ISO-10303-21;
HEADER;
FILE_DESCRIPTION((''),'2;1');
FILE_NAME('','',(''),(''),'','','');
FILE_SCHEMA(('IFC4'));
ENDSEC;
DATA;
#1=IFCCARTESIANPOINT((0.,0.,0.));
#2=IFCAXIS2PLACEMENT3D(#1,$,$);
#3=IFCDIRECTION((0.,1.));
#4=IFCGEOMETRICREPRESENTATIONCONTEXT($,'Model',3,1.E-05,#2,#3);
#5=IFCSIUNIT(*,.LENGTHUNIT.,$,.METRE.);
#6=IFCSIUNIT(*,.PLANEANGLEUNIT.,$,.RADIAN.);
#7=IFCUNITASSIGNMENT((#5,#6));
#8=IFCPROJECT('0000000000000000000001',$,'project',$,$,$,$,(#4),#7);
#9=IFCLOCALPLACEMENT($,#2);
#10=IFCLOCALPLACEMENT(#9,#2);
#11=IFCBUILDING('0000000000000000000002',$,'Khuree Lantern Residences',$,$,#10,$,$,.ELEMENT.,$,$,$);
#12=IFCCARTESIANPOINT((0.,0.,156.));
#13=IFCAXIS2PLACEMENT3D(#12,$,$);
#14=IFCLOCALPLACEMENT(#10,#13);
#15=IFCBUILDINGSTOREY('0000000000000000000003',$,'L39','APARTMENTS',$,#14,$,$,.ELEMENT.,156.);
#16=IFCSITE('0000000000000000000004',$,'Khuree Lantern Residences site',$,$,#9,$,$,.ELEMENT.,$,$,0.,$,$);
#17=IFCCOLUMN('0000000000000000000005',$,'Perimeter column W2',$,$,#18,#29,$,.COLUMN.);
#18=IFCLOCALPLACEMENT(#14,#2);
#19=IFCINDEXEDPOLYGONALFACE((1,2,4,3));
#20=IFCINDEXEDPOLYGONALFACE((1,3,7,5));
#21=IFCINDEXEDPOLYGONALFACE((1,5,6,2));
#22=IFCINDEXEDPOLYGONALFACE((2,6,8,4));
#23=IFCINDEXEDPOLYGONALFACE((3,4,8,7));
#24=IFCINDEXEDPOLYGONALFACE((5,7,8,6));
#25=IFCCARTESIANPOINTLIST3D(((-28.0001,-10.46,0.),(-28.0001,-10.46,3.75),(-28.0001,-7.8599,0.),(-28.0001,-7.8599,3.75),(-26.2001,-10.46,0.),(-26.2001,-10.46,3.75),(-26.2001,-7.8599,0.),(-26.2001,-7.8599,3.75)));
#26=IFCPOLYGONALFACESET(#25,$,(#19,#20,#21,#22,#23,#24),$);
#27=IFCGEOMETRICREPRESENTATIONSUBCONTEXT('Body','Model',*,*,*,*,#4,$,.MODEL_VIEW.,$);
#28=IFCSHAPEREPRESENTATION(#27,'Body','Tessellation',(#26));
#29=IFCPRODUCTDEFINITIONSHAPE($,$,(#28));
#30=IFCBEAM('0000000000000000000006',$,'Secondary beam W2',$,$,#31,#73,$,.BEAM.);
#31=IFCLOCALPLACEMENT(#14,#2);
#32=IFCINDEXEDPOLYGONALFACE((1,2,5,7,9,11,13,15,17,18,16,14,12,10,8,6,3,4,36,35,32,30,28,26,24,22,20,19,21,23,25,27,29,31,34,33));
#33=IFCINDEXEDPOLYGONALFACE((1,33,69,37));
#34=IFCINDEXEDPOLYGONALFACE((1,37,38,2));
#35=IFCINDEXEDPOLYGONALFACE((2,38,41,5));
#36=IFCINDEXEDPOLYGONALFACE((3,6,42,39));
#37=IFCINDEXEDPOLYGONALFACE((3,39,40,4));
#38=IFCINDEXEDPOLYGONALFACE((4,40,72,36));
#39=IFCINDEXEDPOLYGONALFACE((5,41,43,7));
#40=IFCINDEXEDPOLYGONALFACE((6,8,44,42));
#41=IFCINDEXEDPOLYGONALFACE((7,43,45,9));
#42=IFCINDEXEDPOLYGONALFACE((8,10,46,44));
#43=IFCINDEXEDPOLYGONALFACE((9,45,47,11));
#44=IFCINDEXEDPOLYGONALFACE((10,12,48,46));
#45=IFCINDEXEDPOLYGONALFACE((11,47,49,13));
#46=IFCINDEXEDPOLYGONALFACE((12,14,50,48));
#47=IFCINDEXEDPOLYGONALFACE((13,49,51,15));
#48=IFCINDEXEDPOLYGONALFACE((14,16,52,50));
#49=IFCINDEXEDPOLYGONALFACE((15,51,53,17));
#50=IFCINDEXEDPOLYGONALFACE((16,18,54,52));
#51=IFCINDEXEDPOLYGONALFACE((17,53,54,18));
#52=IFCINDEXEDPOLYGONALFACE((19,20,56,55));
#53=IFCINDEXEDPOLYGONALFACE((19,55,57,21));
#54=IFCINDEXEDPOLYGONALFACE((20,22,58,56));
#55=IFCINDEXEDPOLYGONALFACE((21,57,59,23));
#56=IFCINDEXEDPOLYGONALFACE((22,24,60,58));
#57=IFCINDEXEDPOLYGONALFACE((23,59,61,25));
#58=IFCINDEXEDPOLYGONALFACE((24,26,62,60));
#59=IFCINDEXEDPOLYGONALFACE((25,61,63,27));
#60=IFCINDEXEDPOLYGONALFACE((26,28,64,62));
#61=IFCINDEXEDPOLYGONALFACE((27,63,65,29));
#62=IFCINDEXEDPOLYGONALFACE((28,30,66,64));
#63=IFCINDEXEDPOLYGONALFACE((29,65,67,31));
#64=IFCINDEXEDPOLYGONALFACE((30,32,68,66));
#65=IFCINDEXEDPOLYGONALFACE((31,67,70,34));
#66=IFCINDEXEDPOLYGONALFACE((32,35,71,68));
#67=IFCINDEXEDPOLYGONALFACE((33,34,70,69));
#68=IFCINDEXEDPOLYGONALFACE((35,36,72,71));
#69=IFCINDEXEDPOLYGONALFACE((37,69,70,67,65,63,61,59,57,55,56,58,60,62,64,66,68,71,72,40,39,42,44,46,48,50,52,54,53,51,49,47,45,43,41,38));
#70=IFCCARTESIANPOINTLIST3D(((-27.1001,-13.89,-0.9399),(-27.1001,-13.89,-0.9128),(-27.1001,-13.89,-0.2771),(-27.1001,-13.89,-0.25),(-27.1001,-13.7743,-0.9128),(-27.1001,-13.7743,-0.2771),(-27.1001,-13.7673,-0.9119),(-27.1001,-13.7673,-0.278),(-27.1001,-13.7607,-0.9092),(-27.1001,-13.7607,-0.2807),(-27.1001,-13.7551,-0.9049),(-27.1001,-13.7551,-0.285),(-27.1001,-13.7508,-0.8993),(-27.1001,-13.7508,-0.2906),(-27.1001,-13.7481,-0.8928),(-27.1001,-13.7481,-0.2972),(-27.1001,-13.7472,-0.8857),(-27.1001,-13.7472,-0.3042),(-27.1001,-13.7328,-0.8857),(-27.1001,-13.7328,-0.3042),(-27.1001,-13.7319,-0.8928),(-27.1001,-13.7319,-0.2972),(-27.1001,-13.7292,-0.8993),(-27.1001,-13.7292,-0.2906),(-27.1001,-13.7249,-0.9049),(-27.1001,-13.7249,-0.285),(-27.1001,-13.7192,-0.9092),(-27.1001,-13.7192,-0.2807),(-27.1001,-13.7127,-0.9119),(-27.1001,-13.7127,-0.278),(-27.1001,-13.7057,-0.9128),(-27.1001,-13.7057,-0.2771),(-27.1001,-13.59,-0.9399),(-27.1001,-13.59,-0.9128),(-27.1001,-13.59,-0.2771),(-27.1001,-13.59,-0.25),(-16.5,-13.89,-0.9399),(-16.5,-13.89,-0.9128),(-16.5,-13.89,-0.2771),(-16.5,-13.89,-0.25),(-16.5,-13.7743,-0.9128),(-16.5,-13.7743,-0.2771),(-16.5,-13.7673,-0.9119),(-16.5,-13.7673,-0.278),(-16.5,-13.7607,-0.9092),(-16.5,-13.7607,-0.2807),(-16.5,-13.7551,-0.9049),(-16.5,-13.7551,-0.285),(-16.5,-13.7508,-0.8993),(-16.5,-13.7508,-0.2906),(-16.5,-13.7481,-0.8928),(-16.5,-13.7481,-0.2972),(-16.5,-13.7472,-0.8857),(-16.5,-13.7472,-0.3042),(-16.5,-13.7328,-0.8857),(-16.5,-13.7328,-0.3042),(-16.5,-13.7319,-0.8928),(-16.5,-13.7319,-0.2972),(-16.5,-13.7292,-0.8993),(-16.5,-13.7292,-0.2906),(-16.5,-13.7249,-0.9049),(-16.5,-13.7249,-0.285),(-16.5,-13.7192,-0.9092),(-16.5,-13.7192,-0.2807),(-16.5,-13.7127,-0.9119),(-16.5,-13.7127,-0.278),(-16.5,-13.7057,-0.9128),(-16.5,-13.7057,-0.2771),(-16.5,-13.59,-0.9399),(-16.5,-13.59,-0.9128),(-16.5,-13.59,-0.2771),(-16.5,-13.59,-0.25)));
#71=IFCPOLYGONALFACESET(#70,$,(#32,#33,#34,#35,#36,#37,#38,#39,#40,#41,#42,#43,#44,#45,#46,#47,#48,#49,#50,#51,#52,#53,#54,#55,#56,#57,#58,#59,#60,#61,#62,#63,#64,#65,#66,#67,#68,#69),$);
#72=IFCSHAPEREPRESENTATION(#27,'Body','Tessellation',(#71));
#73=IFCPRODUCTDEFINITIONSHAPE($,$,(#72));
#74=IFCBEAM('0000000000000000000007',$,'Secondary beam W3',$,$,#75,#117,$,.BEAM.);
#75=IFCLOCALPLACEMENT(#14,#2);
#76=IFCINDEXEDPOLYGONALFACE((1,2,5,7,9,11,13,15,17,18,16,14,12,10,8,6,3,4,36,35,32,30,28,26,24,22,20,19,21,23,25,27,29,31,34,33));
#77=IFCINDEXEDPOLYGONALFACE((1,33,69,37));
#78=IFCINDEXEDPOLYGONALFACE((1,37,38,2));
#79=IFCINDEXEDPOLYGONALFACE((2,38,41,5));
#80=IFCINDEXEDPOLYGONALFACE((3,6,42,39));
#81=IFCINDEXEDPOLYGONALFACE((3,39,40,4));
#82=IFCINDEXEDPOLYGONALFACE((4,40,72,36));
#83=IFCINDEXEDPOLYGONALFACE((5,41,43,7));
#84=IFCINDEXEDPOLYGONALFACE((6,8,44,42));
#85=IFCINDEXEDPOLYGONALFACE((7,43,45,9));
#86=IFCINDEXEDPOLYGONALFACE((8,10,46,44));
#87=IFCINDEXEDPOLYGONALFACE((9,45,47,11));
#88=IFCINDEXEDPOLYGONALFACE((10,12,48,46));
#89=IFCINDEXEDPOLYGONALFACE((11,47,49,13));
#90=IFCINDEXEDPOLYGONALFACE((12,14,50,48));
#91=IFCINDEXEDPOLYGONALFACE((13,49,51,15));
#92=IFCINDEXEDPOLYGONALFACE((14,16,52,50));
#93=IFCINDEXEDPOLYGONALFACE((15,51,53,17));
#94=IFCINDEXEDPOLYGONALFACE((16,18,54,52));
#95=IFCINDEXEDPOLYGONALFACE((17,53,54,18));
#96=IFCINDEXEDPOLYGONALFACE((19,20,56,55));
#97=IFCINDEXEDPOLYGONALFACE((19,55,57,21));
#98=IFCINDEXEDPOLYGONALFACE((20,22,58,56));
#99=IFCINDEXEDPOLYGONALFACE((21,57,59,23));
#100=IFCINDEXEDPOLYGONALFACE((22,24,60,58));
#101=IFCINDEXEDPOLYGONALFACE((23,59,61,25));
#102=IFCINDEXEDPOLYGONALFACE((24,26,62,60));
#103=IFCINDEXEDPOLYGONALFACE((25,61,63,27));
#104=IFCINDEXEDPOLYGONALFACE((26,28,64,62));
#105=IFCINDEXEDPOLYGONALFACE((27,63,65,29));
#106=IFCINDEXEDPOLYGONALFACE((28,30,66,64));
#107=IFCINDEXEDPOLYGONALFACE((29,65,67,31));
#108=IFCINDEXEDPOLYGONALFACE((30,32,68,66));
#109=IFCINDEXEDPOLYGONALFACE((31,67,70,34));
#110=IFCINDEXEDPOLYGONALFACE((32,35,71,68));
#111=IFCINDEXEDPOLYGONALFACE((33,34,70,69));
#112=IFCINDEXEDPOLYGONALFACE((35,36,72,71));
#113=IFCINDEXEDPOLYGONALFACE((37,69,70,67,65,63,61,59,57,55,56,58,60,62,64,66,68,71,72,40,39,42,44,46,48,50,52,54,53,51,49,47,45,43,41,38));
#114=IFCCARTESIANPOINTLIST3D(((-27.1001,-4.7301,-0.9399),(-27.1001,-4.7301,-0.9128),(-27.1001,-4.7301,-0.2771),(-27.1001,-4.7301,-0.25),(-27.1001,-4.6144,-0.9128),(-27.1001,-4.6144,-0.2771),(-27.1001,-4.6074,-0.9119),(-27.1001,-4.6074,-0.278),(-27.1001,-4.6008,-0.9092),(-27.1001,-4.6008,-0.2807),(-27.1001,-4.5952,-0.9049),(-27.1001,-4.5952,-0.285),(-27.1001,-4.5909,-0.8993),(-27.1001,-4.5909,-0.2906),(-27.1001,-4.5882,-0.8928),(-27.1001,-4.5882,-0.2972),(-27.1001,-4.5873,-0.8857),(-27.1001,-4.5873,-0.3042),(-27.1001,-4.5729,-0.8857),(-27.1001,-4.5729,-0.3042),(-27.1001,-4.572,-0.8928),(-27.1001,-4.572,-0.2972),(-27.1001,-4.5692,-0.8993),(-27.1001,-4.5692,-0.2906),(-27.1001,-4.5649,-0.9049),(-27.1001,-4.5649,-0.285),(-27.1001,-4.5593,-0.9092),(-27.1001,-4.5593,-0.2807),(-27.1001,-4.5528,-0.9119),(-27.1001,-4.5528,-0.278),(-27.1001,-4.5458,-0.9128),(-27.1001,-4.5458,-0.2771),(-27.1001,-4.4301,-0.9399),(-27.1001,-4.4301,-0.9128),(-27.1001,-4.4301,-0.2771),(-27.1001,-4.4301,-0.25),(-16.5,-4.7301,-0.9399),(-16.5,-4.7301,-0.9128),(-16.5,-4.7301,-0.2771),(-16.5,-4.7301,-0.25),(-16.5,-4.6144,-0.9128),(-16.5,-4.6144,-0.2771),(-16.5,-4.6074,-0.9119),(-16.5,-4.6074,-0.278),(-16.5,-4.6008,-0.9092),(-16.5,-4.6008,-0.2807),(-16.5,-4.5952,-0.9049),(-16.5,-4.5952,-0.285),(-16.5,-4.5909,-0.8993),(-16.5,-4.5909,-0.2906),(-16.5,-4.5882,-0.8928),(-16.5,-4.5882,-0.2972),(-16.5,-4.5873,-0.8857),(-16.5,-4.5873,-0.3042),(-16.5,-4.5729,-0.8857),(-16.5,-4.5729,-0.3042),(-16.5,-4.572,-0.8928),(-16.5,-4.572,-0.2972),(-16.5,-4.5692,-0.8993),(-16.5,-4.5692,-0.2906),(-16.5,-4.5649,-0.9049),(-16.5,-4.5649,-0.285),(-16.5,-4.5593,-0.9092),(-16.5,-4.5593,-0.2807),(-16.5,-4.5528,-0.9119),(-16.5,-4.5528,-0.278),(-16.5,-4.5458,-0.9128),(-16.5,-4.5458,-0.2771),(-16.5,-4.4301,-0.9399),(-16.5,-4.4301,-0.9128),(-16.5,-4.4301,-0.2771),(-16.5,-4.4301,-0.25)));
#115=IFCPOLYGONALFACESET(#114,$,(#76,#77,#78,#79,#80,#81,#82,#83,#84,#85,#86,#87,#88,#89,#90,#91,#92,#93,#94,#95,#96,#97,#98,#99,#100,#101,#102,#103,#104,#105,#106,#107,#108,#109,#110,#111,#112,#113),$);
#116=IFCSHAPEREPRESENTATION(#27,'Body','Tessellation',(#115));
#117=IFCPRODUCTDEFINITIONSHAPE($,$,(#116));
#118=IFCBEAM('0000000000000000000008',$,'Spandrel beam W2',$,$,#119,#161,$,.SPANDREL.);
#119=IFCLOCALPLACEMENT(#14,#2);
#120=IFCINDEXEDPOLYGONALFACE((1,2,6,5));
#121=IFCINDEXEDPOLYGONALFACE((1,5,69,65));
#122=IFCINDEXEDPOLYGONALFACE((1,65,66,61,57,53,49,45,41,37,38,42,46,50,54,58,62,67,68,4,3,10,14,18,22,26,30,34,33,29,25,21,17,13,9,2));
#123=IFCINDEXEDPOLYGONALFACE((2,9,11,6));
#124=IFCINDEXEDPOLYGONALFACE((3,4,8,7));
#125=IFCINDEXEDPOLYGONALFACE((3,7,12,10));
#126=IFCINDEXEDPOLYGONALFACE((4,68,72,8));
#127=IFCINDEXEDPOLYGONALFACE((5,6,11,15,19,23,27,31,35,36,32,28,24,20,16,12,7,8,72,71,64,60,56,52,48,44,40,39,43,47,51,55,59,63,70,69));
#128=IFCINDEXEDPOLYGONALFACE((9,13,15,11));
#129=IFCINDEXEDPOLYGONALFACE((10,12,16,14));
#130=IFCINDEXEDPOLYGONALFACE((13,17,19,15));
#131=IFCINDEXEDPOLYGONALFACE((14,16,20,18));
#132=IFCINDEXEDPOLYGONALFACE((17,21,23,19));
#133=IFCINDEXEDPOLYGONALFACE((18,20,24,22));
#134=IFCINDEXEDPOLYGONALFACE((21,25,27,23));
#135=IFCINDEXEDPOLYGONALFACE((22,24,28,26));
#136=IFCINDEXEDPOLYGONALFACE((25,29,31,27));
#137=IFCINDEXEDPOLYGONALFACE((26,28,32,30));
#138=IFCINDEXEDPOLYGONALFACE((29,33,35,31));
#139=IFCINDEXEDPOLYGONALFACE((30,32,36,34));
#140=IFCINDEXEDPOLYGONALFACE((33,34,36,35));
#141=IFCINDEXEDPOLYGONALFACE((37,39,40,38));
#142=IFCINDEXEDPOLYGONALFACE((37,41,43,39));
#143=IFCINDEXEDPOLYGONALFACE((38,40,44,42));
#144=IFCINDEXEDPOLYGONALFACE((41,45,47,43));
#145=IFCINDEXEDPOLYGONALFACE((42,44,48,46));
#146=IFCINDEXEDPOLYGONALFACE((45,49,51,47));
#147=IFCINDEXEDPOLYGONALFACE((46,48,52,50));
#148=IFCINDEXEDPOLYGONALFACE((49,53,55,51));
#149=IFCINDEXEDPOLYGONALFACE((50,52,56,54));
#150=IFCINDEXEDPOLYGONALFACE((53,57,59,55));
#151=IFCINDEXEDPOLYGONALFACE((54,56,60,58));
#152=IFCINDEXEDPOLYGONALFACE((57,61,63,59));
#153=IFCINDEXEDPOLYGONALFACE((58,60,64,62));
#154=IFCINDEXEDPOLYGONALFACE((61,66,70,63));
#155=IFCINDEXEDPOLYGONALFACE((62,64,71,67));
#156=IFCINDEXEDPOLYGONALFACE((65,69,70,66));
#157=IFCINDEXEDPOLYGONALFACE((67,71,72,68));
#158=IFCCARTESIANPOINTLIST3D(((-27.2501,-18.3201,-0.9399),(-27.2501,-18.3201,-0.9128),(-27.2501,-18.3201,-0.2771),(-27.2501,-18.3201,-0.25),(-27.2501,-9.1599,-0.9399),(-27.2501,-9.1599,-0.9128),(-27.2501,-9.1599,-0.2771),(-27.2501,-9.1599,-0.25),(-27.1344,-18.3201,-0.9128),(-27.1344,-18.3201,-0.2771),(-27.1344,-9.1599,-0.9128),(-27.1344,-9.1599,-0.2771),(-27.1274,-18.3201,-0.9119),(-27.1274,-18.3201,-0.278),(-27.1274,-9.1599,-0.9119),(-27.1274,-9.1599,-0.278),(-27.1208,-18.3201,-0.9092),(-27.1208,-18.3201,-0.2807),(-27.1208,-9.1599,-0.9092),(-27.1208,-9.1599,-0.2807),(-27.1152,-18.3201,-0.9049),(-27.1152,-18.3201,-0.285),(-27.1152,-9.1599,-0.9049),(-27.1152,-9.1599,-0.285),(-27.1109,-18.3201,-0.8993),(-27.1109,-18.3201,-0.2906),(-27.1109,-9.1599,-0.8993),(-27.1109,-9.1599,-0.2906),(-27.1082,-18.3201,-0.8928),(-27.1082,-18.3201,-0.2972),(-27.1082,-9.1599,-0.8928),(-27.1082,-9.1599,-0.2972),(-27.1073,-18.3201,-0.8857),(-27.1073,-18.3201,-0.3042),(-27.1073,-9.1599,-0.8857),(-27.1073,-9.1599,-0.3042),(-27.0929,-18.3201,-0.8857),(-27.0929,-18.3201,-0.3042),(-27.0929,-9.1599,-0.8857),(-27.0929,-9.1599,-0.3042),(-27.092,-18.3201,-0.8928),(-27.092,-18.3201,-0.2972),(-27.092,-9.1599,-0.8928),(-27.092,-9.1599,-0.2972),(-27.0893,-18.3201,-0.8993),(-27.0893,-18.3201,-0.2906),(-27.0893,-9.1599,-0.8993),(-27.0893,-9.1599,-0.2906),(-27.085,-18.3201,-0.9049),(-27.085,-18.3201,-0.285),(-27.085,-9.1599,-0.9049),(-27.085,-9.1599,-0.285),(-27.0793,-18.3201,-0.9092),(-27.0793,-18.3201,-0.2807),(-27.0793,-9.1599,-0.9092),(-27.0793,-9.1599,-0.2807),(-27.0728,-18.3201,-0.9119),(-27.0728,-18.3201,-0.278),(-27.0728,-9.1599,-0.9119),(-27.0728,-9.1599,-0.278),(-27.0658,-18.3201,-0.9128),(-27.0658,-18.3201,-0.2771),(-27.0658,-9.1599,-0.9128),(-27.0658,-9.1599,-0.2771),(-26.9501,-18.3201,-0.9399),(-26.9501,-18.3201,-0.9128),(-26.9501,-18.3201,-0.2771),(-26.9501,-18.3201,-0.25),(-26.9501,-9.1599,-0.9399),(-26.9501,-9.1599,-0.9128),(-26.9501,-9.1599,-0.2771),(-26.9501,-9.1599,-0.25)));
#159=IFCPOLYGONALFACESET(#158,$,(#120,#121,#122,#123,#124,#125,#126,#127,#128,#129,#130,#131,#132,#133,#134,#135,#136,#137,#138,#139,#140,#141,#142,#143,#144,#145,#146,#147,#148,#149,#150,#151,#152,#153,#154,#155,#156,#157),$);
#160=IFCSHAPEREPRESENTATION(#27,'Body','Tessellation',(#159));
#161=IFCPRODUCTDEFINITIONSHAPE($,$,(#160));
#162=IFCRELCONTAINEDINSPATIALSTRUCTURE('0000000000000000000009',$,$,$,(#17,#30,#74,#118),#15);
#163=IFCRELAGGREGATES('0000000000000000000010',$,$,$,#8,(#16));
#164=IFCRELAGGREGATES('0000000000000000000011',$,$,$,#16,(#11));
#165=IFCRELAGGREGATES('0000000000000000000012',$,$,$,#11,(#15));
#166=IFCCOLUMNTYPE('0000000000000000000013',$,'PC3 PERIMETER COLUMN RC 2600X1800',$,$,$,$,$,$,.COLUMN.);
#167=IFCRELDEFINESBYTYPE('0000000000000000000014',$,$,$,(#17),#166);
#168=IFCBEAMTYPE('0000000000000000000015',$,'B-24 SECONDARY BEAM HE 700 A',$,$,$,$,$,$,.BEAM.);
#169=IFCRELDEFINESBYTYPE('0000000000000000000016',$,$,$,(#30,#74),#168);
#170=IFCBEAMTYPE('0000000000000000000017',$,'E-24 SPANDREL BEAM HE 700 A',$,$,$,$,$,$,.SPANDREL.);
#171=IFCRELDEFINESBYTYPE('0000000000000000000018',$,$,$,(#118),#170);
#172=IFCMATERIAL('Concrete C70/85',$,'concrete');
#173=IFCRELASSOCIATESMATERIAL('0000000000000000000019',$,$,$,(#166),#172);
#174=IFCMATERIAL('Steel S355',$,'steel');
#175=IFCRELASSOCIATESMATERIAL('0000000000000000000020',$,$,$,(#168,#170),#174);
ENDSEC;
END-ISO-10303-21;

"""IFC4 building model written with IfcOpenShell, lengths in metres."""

from ifc_helpers import new_model, si_unit, direction, frame, origin, origin_2d, place, context, subcontext, project, spatial, rectangle, i_section, extrude, material, material_profile, profile_set, type_object, element, save


model = new_model("IFC4")

# Units and contexts
model_context = context("Model", 3, precision=1e-05, world=origin(), true_north=direction((0.0, 1.0)))
body_context = subcontext(model_context, "Body", "Model", "MODEL_VIEW")
ifc_project = project(units=[si_unit("LENGTHUNIT", "METRE"), si_unit("PLANEANGLEUNIT", "RADIAN")], contexts=[model_context])

# Site, building, storey
site_placement = place(None, origin())
site = spatial("IfcSite", under=ifc_project, at=site_placement, Name="Khuree Lantern Residences site", CompositionType="ELEMENT", RefElevation=0.0)
building_placement = place(site_placement, origin())
building = spatial("IfcBuilding", under=site, at=building_placement, Name="Khuree Lantern Residences", CompositionType="ELEMENT")
storey_placement = place(building_placement, frame((0.0, 0.0, 156.0)))
storey = spatial("IfcBuildingStorey", under=building, at=storey_placement, Name="L39", Description="APARTMENTS", CompositionType="ELEMENT", Elevation=156.0)

# Column
ifc_material_1 = material(Name="Concrete C70/85", Category="concrete")
ifc_material_profile_1 = material_profile(ifc_material_1, rectangle(XDim=2.6001, YDim=1.8, at=origin_2d()), Name="RC 2600X1800")
ifc_profile_set_1 = profile_set([ifc_material_profile_1], Name="Concrete C70/85")
column_type = type_object("IfcColumnType", Name="PC3 PERIMETER COLUMN RC 2600X1800", PredefinedType="COLUMN", material=ifc_profile_set_1)
column_placement = place(storey_placement, frame((-27.1001, -9.1599, 0.0), z_axis=(0.0, 0.0, 1.0), x_axis=(0.0, 1.0, 0.0)))
element("IfcColumn", 1, at=column_placement, inside=storey, type_object=column_type, Name="Perimeter column W2", PredefinedType="COLUMN", context=body_context, shape_type="SweptSolid", body=[
    extrude(rectangle(XDim=2.6001, YDim=1.8, at=origin_2d()), origin(), (0.0, 0.0, 1.0), 3.75),
])

# Beams
ifc_material_2 = material(Name="Steel S355", Category="steel")
ifc_material_profile_2 = material_profile(ifc_material_2, i_section(OverallWidth=0.3, OverallDepth=0.6899, WebThickness=0.0144, FlangeThickness=0.0271, FilletRadius=0.0271, at=origin_2d()), Name="HE 700 A")
ifc_profile_set_2 = profile_set([ifc_material_profile_2], Name="Steel S355")
beam_type_1 = type_object("IfcBeamType", Name="B-24 SECONDARY BEAM HE 700 A", PredefinedType="BEAM", material=ifc_profile_set_2)
for number, where, z_axis, x_axis, name in (
    (2, (-27.1001, -13.74, -0.595), (1.0, 0.0, 0.0), (0.0, 1.0, 0.0), "Secondary beam W2"),
    (3, (-27.1001, -4.5801, -0.595), (1.0, 0.0, 0.0), (0.0, 1.0, 0.0), "Secondary beam W3"),
):
    element("IfcBeam", number, at=place(storey_placement, frame(where, z_axis=z_axis, x_axis=x_axis)), inside=storey, type_object=beam_type_1, Name=name, PredefinedType="BEAM", context=body_context, shape_type="SweptSolid", body=[
        extrude(i_section(OverallWidth=0.3, OverallDepth=0.6899, WebThickness=0.0144, FlangeThickness=0.0271, FilletRadius=0.0271, at=origin_2d()), origin(), (0.0, 0.0, 1.0), 10.6001),
    ])
ifc_material_profile_3 = material_profile(ifc_material_2, i_section(OverallWidth=0.3, OverallDepth=0.6899, WebThickness=0.0144, FlangeThickness=0.0271, FilletRadius=0.0271, at=origin_2d()), Name="HE 700 A")
ifc_profile_set_3 = profile_set([ifc_material_profile_3], Name="Steel S355")
beam_type_2 = type_object("IfcBeamType", Name="E-24 SPANDREL BEAM HE 700 A", PredefinedType="SPANDREL", material=ifc_profile_set_3)
beam_1_placement = place(storey_placement, frame((-27.1001, -18.3201, -0.595), z_axis=(0.0, 1.0, 0.0), x_axis=(-1.0, 0.0, 0.0)))
element("IfcBeam", 4, at=beam_1_placement, inside=storey, type_object=beam_type_2, Name="Spandrel beam W2", PredefinedType="SPANDREL", context=body_context, shape_type="SweptSolid", body=[
    extrude(i_section(OverallWidth=0.3, OverallDepth=0.6899, WebThickness=0.0144, FlangeThickness=0.0271, FilletRadius=0.0271, at=origin_2d()), origin(), (0.0, 0.0, 1.0), 9.1602),
])

save(model, "model.ifc")
